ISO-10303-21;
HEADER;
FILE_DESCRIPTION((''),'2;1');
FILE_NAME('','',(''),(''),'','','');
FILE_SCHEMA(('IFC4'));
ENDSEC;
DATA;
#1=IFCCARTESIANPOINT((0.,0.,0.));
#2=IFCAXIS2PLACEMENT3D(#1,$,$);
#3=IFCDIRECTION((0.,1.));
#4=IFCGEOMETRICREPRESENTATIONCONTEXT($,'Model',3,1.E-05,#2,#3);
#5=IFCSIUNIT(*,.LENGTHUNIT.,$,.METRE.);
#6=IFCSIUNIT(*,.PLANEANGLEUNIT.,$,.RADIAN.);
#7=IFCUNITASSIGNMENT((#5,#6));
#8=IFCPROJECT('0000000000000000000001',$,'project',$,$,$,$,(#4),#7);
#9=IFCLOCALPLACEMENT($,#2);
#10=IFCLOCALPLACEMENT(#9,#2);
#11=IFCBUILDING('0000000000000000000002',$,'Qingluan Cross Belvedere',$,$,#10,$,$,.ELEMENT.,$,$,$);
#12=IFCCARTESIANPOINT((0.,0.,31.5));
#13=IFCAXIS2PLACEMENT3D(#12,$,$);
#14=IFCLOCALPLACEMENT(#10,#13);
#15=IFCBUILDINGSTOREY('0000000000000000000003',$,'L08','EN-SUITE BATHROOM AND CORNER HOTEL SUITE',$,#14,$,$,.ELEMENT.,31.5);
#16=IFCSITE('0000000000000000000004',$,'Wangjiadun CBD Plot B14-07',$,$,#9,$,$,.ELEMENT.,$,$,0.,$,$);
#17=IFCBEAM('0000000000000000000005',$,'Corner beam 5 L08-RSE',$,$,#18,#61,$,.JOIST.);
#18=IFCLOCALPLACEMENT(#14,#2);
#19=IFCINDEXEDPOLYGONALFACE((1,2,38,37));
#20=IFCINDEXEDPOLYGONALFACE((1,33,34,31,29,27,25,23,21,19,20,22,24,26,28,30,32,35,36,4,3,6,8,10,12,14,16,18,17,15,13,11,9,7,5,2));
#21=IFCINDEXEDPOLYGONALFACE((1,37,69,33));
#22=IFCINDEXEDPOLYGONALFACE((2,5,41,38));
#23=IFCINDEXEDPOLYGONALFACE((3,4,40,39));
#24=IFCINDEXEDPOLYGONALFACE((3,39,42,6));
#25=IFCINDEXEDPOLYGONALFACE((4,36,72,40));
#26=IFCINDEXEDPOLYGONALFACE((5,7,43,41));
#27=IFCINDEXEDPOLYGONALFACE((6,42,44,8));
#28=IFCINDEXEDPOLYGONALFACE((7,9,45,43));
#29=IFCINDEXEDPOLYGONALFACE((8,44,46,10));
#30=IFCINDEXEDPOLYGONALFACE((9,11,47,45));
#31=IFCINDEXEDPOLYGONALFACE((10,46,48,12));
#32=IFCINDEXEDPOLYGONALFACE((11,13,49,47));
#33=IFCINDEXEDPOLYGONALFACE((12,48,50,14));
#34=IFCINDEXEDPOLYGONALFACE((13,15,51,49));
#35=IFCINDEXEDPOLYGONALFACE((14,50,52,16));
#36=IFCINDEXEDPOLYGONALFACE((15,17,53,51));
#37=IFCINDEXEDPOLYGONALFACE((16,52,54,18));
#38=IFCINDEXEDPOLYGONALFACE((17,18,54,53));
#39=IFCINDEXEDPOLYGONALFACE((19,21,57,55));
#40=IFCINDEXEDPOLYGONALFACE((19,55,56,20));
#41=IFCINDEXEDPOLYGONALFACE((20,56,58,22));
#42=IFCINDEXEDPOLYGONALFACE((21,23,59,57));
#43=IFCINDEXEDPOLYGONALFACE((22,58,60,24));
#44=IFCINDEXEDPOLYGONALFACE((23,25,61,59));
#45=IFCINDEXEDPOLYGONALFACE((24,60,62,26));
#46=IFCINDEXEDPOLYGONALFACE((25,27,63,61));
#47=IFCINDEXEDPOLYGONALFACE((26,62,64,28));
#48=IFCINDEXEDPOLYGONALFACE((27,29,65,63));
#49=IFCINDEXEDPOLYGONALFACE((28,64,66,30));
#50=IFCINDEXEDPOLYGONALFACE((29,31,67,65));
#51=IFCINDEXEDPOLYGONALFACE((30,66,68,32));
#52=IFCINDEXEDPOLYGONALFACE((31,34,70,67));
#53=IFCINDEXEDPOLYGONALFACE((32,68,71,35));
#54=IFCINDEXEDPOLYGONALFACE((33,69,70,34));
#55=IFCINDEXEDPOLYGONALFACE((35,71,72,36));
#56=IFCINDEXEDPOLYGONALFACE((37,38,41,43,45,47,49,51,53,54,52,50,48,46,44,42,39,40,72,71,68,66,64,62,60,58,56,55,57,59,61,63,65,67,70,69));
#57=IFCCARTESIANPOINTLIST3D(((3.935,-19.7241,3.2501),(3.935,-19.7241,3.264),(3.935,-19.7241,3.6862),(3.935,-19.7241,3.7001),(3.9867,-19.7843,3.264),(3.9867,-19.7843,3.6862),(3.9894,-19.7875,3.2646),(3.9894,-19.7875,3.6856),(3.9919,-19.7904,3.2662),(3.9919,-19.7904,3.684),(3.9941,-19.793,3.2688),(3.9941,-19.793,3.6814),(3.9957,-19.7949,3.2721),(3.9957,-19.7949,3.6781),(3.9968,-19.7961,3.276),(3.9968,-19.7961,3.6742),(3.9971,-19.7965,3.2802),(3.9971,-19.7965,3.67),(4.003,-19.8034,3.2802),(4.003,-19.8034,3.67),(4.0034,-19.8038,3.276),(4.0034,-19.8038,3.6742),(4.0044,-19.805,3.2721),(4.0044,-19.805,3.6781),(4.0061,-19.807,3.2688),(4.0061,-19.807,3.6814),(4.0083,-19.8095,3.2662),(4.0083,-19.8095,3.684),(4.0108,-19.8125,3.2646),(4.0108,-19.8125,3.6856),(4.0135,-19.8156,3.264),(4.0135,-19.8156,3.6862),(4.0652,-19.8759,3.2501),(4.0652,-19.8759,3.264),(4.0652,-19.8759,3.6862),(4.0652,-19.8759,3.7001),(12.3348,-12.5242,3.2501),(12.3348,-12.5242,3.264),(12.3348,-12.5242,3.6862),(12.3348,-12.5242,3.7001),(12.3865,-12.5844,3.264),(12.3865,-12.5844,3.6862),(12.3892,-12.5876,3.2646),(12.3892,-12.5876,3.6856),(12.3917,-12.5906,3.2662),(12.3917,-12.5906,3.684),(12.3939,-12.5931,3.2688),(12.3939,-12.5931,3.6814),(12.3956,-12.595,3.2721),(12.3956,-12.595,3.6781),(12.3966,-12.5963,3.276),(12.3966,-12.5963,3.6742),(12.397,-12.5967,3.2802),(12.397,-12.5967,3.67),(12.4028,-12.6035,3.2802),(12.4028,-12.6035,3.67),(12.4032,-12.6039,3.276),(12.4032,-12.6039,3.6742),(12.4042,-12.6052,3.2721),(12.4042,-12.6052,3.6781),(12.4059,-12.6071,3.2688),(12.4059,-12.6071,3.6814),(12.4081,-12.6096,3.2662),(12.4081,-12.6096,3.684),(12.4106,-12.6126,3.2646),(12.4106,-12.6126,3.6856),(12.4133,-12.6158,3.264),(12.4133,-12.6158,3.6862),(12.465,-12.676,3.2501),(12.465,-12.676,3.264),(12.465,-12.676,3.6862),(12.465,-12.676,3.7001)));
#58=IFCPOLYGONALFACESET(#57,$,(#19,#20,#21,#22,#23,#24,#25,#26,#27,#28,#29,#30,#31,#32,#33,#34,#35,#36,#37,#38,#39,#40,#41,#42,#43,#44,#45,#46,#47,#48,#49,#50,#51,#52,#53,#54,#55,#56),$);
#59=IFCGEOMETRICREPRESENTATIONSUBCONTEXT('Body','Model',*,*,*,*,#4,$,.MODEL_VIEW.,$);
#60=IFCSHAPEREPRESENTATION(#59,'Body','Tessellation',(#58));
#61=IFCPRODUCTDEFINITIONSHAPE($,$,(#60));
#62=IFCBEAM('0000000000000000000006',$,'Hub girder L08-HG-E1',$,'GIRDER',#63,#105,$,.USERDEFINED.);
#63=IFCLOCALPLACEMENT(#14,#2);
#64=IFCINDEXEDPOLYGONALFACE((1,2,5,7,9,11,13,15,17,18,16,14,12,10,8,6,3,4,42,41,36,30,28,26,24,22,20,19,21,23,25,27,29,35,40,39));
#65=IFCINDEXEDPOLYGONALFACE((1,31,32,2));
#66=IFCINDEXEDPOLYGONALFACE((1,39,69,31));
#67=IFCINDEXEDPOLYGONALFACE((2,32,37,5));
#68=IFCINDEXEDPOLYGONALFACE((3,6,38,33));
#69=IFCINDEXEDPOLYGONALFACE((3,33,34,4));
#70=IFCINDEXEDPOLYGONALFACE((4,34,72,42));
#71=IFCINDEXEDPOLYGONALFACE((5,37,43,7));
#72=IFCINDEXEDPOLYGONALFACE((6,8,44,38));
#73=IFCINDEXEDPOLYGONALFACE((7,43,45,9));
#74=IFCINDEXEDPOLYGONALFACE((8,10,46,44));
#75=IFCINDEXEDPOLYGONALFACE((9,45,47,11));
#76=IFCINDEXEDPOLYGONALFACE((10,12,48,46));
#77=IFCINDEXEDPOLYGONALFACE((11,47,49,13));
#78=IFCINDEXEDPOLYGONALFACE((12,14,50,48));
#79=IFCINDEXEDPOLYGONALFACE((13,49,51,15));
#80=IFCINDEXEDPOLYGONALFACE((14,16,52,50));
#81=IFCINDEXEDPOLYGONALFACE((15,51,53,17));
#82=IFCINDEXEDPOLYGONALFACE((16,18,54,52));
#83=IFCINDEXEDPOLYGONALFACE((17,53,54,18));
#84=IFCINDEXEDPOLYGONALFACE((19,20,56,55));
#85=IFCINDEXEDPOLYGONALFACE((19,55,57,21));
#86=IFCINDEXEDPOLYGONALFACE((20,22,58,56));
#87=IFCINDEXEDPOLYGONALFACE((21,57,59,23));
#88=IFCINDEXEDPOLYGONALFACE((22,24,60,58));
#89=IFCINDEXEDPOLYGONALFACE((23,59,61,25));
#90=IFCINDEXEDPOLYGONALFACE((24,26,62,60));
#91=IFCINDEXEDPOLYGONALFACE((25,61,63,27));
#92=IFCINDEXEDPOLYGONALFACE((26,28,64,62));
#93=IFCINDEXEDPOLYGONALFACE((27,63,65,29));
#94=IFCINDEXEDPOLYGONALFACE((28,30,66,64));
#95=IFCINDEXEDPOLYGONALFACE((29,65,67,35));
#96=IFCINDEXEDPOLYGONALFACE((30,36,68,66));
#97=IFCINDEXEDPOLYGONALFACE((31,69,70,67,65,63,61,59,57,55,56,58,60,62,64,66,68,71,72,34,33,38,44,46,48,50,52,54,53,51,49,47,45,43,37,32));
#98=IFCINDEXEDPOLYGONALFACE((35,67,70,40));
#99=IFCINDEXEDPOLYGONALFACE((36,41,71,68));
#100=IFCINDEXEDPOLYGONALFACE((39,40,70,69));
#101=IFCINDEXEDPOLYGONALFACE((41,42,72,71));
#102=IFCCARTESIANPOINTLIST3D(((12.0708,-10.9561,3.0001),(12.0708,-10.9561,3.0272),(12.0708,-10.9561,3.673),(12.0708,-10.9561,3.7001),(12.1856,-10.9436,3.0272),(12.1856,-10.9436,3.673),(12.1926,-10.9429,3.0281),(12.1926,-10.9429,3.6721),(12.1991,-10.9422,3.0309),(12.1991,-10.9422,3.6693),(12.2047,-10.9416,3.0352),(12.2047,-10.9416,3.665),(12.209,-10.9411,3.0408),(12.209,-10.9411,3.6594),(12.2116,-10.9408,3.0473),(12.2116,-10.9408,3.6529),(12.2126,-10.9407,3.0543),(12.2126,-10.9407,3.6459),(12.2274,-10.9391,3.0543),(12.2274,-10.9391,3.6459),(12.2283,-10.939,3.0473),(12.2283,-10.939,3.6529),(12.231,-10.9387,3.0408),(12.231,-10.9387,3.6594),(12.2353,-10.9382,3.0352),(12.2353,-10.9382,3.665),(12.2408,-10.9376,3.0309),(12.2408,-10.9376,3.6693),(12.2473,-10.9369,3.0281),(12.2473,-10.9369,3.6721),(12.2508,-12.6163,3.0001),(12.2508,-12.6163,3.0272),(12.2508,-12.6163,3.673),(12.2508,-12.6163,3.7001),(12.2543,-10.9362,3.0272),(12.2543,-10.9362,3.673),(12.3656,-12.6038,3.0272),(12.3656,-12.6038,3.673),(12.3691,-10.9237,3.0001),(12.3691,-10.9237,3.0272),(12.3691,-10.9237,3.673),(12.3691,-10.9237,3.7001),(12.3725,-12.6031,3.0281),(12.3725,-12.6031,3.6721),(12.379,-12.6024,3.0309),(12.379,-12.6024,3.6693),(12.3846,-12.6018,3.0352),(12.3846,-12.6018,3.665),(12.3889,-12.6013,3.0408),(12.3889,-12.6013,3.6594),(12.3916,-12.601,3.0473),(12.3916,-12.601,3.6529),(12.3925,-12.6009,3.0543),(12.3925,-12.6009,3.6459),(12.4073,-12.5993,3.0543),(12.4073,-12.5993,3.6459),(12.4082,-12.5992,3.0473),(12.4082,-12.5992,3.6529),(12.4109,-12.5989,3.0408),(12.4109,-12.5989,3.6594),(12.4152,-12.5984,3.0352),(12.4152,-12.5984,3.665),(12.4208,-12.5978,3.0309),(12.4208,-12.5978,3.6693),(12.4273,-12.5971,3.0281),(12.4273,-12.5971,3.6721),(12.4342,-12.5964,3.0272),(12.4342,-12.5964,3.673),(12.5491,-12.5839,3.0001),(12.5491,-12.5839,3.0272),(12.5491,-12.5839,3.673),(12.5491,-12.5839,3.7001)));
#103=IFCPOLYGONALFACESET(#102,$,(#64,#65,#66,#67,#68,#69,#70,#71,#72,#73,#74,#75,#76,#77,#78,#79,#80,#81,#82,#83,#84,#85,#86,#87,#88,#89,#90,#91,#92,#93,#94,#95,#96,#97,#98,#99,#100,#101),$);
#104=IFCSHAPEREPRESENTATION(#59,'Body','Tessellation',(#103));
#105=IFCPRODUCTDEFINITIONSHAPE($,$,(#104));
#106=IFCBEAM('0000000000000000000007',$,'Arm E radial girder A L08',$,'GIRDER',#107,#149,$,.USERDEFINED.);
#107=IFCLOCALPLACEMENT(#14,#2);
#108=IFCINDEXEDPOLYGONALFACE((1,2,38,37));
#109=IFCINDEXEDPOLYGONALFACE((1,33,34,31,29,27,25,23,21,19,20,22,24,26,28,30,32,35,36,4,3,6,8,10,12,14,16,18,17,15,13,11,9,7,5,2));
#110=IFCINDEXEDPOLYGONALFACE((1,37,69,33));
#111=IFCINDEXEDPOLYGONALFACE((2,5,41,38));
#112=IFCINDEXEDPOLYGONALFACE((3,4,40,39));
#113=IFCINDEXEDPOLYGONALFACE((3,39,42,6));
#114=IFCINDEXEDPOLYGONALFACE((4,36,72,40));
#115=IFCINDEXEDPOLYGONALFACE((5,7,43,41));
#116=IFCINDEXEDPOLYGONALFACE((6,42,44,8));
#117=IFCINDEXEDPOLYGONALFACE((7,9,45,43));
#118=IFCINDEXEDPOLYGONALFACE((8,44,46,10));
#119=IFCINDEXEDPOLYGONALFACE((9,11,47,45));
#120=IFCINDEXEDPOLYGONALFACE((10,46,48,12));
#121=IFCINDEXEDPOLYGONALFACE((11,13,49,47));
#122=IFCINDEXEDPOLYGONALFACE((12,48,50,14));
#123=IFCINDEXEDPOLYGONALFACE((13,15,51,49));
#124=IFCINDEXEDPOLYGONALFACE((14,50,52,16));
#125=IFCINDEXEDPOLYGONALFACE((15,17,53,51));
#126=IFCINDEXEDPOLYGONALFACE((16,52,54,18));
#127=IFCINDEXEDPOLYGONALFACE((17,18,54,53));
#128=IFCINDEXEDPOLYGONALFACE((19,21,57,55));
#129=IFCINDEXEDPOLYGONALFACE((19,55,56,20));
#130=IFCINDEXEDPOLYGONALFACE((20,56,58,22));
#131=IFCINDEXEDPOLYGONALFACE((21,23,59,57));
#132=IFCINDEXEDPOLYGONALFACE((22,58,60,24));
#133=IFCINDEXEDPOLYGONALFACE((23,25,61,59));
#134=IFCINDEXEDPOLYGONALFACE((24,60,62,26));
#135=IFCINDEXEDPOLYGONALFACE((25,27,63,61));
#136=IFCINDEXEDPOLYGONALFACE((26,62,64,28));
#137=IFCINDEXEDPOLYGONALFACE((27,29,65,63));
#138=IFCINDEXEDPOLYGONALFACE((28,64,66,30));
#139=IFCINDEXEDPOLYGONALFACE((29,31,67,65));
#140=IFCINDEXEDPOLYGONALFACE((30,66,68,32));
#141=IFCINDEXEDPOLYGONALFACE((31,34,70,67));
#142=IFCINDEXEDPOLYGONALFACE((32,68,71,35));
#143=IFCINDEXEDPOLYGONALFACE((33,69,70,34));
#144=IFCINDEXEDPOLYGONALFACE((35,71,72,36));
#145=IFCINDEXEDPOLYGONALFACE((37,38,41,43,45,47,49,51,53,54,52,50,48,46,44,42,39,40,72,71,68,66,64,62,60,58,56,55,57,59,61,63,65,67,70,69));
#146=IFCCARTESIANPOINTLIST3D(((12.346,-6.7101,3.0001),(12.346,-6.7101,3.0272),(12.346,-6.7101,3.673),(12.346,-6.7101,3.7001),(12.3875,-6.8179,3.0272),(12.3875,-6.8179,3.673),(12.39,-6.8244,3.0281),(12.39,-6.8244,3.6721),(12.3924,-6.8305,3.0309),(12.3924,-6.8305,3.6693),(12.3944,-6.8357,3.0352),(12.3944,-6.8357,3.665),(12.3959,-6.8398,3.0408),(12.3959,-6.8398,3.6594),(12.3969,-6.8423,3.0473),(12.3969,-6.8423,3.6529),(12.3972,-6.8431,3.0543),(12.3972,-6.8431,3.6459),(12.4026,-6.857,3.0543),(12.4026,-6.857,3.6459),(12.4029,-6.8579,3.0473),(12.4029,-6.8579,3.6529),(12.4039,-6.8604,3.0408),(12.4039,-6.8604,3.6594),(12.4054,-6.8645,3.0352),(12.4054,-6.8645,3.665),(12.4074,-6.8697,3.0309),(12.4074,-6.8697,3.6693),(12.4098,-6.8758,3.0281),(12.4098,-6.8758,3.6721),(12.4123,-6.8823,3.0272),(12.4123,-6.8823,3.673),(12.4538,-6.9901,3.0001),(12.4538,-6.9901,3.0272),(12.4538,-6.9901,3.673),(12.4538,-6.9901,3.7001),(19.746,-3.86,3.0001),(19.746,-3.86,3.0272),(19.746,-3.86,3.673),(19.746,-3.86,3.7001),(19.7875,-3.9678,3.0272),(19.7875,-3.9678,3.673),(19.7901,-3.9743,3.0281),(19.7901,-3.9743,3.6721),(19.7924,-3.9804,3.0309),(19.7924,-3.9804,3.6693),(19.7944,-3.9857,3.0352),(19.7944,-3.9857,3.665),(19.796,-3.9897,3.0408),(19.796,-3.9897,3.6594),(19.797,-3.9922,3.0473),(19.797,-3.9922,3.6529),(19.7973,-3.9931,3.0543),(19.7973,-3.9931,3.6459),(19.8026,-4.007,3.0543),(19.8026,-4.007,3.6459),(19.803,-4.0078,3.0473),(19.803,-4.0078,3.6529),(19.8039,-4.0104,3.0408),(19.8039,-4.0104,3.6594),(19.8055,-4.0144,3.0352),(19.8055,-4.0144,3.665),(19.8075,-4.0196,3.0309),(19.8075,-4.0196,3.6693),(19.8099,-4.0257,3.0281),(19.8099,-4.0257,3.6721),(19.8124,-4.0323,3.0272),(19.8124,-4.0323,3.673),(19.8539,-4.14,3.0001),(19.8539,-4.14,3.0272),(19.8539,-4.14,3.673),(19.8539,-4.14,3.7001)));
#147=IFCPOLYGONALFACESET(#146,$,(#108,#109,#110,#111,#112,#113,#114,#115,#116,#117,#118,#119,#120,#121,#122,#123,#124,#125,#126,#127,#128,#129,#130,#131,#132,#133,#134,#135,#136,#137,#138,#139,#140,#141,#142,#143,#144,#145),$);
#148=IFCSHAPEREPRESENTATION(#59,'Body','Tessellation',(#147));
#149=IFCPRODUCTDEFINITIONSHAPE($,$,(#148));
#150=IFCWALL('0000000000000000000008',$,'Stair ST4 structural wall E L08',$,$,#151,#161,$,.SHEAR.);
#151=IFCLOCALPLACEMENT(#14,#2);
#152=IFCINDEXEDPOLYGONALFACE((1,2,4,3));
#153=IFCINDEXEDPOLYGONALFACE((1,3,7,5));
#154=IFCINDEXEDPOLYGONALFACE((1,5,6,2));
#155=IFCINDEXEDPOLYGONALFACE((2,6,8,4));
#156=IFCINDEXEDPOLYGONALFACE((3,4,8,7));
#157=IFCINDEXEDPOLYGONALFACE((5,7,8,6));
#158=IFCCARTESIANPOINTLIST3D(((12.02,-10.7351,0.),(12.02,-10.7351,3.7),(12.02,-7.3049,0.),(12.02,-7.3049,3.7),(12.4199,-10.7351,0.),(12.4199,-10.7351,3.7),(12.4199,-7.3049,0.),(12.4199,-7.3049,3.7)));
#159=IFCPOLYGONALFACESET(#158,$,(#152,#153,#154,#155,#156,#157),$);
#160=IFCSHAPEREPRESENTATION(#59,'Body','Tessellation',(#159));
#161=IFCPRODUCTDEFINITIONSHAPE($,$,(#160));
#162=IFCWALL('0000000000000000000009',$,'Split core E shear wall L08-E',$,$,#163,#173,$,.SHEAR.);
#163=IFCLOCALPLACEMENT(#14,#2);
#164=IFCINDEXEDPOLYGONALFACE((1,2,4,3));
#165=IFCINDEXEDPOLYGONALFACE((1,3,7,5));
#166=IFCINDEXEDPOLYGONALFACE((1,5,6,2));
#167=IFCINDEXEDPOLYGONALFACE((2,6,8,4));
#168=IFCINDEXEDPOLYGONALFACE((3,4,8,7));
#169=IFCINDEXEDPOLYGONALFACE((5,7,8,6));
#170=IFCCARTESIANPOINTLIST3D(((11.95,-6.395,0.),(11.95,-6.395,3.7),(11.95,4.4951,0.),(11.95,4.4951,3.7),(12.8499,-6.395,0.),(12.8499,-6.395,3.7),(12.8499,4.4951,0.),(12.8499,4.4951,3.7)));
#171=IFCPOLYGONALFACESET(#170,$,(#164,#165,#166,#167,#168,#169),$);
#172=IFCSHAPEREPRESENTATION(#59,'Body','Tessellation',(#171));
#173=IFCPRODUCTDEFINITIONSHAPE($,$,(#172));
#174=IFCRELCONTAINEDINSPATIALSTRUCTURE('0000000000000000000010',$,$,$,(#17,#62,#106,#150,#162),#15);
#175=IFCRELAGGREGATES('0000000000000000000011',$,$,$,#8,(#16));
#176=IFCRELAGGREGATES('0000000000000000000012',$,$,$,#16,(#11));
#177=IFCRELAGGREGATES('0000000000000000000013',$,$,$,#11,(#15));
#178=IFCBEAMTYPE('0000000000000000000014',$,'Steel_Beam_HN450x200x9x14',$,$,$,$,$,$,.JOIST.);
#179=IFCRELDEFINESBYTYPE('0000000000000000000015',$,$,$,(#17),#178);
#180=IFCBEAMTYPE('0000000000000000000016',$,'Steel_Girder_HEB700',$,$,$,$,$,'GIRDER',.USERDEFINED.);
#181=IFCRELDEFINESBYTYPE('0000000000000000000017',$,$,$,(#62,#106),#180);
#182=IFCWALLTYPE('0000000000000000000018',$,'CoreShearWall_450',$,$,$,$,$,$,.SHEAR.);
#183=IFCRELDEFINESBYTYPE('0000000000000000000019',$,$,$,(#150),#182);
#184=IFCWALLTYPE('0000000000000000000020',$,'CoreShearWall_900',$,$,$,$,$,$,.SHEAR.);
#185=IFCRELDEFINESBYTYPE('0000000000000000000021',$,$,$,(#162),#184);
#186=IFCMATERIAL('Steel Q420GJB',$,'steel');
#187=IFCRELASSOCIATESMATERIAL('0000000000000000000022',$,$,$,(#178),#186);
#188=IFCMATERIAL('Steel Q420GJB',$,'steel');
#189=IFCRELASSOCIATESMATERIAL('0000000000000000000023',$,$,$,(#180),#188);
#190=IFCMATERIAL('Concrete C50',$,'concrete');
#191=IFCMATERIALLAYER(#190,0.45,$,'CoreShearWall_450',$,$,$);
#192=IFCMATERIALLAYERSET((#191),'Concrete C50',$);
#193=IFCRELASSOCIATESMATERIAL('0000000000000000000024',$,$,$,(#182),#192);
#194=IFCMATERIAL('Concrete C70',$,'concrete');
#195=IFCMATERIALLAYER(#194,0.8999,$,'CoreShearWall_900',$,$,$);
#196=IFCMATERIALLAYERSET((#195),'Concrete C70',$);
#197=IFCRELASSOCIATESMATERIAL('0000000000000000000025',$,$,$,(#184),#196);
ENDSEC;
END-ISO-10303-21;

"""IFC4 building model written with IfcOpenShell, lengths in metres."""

from ifc_helpers import new_model, si_unit, direction, frame, frame_2d, origin, origin_2d, place, context, subcontext, project, spatial, rectangle, i_section, extrude, material, layer, layer_set, material_profile, profile_set, type_object, element, save


model = new_model("IFC4")

# Units and contexts
model_context = context("Model", 3, precision=1e-05, world=origin(), true_north=direction((0.0, 1.0)))
body_context = subcontext(model_context, "Body", "Model", "MODEL_VIEW")
ifc_project = project(units=[si_unit("LENGTHUNIT", "METRE"), si_unit("PLANEANGLEUNIT", "RADIAN")], contexts=[model_context])

# Site, building, storey
site_placement = place(None, origin())
site = spatial("IfcSite", under=ifc_project, at=site_placement, Name="Wangjiadun CBD Plot B14-07", CompositionType="ELEMENT", RefElevation=0.0)
building_placement = place(site_placement, origin())
building = spatial("IfcBuilding", under=site, at=building_placement, Name="Qingluan Cross Belvedere", CompositionType="ELEMENT")
storey_placement = place(building_placement, frame((0.0, 0.0, 31.5)))
storey = spatial("IfcBuildingStorey", under=building, at=storey_placement, Name="L08", Description="EN-SUITE BATHROOM AND CORNER HOTEL SUITE", CompositionType="ELEMENT", Elevation=31.5)

# Beams
ifc_material_1 = material(Name="Steel Q420GJB", Category="steel")
ifc_material_profile_1 = material_profile(ifc_material_1, i_section(OverallWidth=0.2, OverallDepth=0.45, WebThickness=0.009, FlangeThickness=0.0139, FilletRadius=0.0161, at=origin_2d()), Name="HN450x200x9x14")
ifc_profile_set_1 = profile_set([ifc_material_profile_1], Name="Steel Q420GJB")
beam_type_1 = type_object("IfcBeamType", Name="Steel_Beam_HN450x200x9x14", PredefinedType="JOIST", material=ifc_profile_set_1)
beam_1_placement = place(storey_placement, frame((12.3999, -12.6001, 3.4751), z_axis=(-0.759255, -0.650793, 0.0), x_axis=(0.650793, -0.759255, 0.0)))
element("IfcBeam", 1, at=beam_1_placement, inside=storey, type_object=beam_type_1, Name="Corner beam 5 L08-RSE", PredefinedType="JOIST", context=body_context, shape_type="SweptSolid", body=[
    extrude(i_section(OverallWidth=0.2, OverallDepth=0.45, WebThickness=0.009, FlangeThickness=0.0139, FilletRadius=0.0161, at=origin_2d()), origin(), (0.0, 0.0, 1.0), 11.0632),
])
ifc_material_2 = material(Name="Steel Q420GJB", Category="steel")
ifc_material_profile_2 = material_profile(ifc_material_2, i_section(OverallWidth=0.3, OverallDepth=0.7, WebThickness=0.0149, FlangeThickness=0.0271, FilletRadius=0.0271, at=origin_2d()), Name="HEB700")
ifc_profile_set_2 = profile_set([ifc_material_profile_2], Name="Steel Q420GJB")
beam_type_2 = type_object("IfcBeamType", Name="Steel_Girder_HEB700", ElementType="GIRDER", PredefinedType="USERDEFINED", material=ifc_profile_set_2)
beam_2_placement = place(storey_placement, frame((12.3999, -12.6001, 3.3501), z_axis=(-0.107751, 0.994178, 0.0), x_axis=(-0.994178, -0.107751, 0.0)))
element("IfcBeam", 2, at=beam_2_placement, inside=storey, type_object=beam_type_2, Name="Hub girder L08-HG-E1", ObjectType="GIRDER", PredefinedType="USERDEFINED", context=body_context, shape_type="SweptSolid", body=[
    extrude(i_section(OverallWidth=0.3, OverallDepth=0.7, WebThickness=0.0149, FlangeThickness=0.0271, FilletRadius=0.0271, at=origin_2d()), origin(), (0.0, 0.0, 1.0), 1.6699),
])
beam_3_placement = place(storey_placement, frame((12.3999, -6.8501, 3.3501), z_axis=(0.933181, 0.359406, 0.0), x_axis=(-0.359406, 0.933181, 0.0)))
element("IfcBeam", 3, at=beam_3_placement, inside=storey, type_object=beam_type_2, Name="Arm E radial girder A L08", ObjectType="GIRDER", PredefinedType="USERDEFINED", context=body_context, shape_type="SweptSolid", body=[
    extrude(i_section(OverallWidth=0.3, OverallDepth=0.7, WebThickness=0.0149, FlangeThickness=0.0271, FilletRadius=0.0271, at=origin_2d()), origin(), (0.0, 0.0, 1.0), 7.9299),
])

# Walls
ifc_material_3 = material(Name="Concrete C50", Category="concrete")
ifc_layer_1 = layer(ifc_material_3, 0.45, Name="CoreShearWall_450")
ifc_layer_set_1 = layer_set([ifc_layer_1], Name="Concrete C50")
wall_type_1 = type_object("IfcWallType", Name="CoreShearWall_450", PredefinedType="SHEAR", material=ifc_layer_set_1)
wall_1_placement = place(storey_placement, frame((12.22, -10.7351, 0.0), z_axis=(0.0, 0.0, 1.0), x_axis=(0.0, 1.0, 0.0)))
element("IfcWall", 4, at=wall_1_placement, inside=storey, type_object=wall_type_1, Name="Stair ST4 structural wall E L08", PredefinedType="SHEAR", context=body_context, shape_type="SweptSolid", body=[
    extrude(rectangle(XDim=3.4302, YDim=0.3999, at=frame_2d((1.7151, 0.0))), origin(), (0.0, 0.0, 1.0), 3.7),
])
ifc_material_4 = material(Name="Concrete C70", Category="concrete")
ifc_layer_2 = layer(ifc_material_4, 0.8999, Name="CoreShearWall_900")
ifc_layer_set_2 = layer_set([ifc_layer_2], Name="Concrete C70")
wall_type_2 = type_object("IfcWallType", Name="CoreShearWall_900", PredefinedType="SHEAR", material=ifc_layer_set_2)
wall_2_placement = place(storey_placement, frame((12.3999, -6.395, 0.0), z_axis=(0.0, 0.0, 1.0), x_axis=(0.0, 1.0, 0.0)))
element("IfcWall", 5, at=wall_2_placement, inside=storey, type_object=wall_type_2, Name="Split core E shear wall L08-E", PredefinedType="SHEAR", context=body_context, shape_type="SweptSolid", body=[
    extrude(rectangle(XDim=10.8901, YDim=0.8999, at=frame_2d((5.4451, 0.0))), origin(), (0.0, 0.0, 1.0), 3.7),
])

save(model, "model.ifc")
